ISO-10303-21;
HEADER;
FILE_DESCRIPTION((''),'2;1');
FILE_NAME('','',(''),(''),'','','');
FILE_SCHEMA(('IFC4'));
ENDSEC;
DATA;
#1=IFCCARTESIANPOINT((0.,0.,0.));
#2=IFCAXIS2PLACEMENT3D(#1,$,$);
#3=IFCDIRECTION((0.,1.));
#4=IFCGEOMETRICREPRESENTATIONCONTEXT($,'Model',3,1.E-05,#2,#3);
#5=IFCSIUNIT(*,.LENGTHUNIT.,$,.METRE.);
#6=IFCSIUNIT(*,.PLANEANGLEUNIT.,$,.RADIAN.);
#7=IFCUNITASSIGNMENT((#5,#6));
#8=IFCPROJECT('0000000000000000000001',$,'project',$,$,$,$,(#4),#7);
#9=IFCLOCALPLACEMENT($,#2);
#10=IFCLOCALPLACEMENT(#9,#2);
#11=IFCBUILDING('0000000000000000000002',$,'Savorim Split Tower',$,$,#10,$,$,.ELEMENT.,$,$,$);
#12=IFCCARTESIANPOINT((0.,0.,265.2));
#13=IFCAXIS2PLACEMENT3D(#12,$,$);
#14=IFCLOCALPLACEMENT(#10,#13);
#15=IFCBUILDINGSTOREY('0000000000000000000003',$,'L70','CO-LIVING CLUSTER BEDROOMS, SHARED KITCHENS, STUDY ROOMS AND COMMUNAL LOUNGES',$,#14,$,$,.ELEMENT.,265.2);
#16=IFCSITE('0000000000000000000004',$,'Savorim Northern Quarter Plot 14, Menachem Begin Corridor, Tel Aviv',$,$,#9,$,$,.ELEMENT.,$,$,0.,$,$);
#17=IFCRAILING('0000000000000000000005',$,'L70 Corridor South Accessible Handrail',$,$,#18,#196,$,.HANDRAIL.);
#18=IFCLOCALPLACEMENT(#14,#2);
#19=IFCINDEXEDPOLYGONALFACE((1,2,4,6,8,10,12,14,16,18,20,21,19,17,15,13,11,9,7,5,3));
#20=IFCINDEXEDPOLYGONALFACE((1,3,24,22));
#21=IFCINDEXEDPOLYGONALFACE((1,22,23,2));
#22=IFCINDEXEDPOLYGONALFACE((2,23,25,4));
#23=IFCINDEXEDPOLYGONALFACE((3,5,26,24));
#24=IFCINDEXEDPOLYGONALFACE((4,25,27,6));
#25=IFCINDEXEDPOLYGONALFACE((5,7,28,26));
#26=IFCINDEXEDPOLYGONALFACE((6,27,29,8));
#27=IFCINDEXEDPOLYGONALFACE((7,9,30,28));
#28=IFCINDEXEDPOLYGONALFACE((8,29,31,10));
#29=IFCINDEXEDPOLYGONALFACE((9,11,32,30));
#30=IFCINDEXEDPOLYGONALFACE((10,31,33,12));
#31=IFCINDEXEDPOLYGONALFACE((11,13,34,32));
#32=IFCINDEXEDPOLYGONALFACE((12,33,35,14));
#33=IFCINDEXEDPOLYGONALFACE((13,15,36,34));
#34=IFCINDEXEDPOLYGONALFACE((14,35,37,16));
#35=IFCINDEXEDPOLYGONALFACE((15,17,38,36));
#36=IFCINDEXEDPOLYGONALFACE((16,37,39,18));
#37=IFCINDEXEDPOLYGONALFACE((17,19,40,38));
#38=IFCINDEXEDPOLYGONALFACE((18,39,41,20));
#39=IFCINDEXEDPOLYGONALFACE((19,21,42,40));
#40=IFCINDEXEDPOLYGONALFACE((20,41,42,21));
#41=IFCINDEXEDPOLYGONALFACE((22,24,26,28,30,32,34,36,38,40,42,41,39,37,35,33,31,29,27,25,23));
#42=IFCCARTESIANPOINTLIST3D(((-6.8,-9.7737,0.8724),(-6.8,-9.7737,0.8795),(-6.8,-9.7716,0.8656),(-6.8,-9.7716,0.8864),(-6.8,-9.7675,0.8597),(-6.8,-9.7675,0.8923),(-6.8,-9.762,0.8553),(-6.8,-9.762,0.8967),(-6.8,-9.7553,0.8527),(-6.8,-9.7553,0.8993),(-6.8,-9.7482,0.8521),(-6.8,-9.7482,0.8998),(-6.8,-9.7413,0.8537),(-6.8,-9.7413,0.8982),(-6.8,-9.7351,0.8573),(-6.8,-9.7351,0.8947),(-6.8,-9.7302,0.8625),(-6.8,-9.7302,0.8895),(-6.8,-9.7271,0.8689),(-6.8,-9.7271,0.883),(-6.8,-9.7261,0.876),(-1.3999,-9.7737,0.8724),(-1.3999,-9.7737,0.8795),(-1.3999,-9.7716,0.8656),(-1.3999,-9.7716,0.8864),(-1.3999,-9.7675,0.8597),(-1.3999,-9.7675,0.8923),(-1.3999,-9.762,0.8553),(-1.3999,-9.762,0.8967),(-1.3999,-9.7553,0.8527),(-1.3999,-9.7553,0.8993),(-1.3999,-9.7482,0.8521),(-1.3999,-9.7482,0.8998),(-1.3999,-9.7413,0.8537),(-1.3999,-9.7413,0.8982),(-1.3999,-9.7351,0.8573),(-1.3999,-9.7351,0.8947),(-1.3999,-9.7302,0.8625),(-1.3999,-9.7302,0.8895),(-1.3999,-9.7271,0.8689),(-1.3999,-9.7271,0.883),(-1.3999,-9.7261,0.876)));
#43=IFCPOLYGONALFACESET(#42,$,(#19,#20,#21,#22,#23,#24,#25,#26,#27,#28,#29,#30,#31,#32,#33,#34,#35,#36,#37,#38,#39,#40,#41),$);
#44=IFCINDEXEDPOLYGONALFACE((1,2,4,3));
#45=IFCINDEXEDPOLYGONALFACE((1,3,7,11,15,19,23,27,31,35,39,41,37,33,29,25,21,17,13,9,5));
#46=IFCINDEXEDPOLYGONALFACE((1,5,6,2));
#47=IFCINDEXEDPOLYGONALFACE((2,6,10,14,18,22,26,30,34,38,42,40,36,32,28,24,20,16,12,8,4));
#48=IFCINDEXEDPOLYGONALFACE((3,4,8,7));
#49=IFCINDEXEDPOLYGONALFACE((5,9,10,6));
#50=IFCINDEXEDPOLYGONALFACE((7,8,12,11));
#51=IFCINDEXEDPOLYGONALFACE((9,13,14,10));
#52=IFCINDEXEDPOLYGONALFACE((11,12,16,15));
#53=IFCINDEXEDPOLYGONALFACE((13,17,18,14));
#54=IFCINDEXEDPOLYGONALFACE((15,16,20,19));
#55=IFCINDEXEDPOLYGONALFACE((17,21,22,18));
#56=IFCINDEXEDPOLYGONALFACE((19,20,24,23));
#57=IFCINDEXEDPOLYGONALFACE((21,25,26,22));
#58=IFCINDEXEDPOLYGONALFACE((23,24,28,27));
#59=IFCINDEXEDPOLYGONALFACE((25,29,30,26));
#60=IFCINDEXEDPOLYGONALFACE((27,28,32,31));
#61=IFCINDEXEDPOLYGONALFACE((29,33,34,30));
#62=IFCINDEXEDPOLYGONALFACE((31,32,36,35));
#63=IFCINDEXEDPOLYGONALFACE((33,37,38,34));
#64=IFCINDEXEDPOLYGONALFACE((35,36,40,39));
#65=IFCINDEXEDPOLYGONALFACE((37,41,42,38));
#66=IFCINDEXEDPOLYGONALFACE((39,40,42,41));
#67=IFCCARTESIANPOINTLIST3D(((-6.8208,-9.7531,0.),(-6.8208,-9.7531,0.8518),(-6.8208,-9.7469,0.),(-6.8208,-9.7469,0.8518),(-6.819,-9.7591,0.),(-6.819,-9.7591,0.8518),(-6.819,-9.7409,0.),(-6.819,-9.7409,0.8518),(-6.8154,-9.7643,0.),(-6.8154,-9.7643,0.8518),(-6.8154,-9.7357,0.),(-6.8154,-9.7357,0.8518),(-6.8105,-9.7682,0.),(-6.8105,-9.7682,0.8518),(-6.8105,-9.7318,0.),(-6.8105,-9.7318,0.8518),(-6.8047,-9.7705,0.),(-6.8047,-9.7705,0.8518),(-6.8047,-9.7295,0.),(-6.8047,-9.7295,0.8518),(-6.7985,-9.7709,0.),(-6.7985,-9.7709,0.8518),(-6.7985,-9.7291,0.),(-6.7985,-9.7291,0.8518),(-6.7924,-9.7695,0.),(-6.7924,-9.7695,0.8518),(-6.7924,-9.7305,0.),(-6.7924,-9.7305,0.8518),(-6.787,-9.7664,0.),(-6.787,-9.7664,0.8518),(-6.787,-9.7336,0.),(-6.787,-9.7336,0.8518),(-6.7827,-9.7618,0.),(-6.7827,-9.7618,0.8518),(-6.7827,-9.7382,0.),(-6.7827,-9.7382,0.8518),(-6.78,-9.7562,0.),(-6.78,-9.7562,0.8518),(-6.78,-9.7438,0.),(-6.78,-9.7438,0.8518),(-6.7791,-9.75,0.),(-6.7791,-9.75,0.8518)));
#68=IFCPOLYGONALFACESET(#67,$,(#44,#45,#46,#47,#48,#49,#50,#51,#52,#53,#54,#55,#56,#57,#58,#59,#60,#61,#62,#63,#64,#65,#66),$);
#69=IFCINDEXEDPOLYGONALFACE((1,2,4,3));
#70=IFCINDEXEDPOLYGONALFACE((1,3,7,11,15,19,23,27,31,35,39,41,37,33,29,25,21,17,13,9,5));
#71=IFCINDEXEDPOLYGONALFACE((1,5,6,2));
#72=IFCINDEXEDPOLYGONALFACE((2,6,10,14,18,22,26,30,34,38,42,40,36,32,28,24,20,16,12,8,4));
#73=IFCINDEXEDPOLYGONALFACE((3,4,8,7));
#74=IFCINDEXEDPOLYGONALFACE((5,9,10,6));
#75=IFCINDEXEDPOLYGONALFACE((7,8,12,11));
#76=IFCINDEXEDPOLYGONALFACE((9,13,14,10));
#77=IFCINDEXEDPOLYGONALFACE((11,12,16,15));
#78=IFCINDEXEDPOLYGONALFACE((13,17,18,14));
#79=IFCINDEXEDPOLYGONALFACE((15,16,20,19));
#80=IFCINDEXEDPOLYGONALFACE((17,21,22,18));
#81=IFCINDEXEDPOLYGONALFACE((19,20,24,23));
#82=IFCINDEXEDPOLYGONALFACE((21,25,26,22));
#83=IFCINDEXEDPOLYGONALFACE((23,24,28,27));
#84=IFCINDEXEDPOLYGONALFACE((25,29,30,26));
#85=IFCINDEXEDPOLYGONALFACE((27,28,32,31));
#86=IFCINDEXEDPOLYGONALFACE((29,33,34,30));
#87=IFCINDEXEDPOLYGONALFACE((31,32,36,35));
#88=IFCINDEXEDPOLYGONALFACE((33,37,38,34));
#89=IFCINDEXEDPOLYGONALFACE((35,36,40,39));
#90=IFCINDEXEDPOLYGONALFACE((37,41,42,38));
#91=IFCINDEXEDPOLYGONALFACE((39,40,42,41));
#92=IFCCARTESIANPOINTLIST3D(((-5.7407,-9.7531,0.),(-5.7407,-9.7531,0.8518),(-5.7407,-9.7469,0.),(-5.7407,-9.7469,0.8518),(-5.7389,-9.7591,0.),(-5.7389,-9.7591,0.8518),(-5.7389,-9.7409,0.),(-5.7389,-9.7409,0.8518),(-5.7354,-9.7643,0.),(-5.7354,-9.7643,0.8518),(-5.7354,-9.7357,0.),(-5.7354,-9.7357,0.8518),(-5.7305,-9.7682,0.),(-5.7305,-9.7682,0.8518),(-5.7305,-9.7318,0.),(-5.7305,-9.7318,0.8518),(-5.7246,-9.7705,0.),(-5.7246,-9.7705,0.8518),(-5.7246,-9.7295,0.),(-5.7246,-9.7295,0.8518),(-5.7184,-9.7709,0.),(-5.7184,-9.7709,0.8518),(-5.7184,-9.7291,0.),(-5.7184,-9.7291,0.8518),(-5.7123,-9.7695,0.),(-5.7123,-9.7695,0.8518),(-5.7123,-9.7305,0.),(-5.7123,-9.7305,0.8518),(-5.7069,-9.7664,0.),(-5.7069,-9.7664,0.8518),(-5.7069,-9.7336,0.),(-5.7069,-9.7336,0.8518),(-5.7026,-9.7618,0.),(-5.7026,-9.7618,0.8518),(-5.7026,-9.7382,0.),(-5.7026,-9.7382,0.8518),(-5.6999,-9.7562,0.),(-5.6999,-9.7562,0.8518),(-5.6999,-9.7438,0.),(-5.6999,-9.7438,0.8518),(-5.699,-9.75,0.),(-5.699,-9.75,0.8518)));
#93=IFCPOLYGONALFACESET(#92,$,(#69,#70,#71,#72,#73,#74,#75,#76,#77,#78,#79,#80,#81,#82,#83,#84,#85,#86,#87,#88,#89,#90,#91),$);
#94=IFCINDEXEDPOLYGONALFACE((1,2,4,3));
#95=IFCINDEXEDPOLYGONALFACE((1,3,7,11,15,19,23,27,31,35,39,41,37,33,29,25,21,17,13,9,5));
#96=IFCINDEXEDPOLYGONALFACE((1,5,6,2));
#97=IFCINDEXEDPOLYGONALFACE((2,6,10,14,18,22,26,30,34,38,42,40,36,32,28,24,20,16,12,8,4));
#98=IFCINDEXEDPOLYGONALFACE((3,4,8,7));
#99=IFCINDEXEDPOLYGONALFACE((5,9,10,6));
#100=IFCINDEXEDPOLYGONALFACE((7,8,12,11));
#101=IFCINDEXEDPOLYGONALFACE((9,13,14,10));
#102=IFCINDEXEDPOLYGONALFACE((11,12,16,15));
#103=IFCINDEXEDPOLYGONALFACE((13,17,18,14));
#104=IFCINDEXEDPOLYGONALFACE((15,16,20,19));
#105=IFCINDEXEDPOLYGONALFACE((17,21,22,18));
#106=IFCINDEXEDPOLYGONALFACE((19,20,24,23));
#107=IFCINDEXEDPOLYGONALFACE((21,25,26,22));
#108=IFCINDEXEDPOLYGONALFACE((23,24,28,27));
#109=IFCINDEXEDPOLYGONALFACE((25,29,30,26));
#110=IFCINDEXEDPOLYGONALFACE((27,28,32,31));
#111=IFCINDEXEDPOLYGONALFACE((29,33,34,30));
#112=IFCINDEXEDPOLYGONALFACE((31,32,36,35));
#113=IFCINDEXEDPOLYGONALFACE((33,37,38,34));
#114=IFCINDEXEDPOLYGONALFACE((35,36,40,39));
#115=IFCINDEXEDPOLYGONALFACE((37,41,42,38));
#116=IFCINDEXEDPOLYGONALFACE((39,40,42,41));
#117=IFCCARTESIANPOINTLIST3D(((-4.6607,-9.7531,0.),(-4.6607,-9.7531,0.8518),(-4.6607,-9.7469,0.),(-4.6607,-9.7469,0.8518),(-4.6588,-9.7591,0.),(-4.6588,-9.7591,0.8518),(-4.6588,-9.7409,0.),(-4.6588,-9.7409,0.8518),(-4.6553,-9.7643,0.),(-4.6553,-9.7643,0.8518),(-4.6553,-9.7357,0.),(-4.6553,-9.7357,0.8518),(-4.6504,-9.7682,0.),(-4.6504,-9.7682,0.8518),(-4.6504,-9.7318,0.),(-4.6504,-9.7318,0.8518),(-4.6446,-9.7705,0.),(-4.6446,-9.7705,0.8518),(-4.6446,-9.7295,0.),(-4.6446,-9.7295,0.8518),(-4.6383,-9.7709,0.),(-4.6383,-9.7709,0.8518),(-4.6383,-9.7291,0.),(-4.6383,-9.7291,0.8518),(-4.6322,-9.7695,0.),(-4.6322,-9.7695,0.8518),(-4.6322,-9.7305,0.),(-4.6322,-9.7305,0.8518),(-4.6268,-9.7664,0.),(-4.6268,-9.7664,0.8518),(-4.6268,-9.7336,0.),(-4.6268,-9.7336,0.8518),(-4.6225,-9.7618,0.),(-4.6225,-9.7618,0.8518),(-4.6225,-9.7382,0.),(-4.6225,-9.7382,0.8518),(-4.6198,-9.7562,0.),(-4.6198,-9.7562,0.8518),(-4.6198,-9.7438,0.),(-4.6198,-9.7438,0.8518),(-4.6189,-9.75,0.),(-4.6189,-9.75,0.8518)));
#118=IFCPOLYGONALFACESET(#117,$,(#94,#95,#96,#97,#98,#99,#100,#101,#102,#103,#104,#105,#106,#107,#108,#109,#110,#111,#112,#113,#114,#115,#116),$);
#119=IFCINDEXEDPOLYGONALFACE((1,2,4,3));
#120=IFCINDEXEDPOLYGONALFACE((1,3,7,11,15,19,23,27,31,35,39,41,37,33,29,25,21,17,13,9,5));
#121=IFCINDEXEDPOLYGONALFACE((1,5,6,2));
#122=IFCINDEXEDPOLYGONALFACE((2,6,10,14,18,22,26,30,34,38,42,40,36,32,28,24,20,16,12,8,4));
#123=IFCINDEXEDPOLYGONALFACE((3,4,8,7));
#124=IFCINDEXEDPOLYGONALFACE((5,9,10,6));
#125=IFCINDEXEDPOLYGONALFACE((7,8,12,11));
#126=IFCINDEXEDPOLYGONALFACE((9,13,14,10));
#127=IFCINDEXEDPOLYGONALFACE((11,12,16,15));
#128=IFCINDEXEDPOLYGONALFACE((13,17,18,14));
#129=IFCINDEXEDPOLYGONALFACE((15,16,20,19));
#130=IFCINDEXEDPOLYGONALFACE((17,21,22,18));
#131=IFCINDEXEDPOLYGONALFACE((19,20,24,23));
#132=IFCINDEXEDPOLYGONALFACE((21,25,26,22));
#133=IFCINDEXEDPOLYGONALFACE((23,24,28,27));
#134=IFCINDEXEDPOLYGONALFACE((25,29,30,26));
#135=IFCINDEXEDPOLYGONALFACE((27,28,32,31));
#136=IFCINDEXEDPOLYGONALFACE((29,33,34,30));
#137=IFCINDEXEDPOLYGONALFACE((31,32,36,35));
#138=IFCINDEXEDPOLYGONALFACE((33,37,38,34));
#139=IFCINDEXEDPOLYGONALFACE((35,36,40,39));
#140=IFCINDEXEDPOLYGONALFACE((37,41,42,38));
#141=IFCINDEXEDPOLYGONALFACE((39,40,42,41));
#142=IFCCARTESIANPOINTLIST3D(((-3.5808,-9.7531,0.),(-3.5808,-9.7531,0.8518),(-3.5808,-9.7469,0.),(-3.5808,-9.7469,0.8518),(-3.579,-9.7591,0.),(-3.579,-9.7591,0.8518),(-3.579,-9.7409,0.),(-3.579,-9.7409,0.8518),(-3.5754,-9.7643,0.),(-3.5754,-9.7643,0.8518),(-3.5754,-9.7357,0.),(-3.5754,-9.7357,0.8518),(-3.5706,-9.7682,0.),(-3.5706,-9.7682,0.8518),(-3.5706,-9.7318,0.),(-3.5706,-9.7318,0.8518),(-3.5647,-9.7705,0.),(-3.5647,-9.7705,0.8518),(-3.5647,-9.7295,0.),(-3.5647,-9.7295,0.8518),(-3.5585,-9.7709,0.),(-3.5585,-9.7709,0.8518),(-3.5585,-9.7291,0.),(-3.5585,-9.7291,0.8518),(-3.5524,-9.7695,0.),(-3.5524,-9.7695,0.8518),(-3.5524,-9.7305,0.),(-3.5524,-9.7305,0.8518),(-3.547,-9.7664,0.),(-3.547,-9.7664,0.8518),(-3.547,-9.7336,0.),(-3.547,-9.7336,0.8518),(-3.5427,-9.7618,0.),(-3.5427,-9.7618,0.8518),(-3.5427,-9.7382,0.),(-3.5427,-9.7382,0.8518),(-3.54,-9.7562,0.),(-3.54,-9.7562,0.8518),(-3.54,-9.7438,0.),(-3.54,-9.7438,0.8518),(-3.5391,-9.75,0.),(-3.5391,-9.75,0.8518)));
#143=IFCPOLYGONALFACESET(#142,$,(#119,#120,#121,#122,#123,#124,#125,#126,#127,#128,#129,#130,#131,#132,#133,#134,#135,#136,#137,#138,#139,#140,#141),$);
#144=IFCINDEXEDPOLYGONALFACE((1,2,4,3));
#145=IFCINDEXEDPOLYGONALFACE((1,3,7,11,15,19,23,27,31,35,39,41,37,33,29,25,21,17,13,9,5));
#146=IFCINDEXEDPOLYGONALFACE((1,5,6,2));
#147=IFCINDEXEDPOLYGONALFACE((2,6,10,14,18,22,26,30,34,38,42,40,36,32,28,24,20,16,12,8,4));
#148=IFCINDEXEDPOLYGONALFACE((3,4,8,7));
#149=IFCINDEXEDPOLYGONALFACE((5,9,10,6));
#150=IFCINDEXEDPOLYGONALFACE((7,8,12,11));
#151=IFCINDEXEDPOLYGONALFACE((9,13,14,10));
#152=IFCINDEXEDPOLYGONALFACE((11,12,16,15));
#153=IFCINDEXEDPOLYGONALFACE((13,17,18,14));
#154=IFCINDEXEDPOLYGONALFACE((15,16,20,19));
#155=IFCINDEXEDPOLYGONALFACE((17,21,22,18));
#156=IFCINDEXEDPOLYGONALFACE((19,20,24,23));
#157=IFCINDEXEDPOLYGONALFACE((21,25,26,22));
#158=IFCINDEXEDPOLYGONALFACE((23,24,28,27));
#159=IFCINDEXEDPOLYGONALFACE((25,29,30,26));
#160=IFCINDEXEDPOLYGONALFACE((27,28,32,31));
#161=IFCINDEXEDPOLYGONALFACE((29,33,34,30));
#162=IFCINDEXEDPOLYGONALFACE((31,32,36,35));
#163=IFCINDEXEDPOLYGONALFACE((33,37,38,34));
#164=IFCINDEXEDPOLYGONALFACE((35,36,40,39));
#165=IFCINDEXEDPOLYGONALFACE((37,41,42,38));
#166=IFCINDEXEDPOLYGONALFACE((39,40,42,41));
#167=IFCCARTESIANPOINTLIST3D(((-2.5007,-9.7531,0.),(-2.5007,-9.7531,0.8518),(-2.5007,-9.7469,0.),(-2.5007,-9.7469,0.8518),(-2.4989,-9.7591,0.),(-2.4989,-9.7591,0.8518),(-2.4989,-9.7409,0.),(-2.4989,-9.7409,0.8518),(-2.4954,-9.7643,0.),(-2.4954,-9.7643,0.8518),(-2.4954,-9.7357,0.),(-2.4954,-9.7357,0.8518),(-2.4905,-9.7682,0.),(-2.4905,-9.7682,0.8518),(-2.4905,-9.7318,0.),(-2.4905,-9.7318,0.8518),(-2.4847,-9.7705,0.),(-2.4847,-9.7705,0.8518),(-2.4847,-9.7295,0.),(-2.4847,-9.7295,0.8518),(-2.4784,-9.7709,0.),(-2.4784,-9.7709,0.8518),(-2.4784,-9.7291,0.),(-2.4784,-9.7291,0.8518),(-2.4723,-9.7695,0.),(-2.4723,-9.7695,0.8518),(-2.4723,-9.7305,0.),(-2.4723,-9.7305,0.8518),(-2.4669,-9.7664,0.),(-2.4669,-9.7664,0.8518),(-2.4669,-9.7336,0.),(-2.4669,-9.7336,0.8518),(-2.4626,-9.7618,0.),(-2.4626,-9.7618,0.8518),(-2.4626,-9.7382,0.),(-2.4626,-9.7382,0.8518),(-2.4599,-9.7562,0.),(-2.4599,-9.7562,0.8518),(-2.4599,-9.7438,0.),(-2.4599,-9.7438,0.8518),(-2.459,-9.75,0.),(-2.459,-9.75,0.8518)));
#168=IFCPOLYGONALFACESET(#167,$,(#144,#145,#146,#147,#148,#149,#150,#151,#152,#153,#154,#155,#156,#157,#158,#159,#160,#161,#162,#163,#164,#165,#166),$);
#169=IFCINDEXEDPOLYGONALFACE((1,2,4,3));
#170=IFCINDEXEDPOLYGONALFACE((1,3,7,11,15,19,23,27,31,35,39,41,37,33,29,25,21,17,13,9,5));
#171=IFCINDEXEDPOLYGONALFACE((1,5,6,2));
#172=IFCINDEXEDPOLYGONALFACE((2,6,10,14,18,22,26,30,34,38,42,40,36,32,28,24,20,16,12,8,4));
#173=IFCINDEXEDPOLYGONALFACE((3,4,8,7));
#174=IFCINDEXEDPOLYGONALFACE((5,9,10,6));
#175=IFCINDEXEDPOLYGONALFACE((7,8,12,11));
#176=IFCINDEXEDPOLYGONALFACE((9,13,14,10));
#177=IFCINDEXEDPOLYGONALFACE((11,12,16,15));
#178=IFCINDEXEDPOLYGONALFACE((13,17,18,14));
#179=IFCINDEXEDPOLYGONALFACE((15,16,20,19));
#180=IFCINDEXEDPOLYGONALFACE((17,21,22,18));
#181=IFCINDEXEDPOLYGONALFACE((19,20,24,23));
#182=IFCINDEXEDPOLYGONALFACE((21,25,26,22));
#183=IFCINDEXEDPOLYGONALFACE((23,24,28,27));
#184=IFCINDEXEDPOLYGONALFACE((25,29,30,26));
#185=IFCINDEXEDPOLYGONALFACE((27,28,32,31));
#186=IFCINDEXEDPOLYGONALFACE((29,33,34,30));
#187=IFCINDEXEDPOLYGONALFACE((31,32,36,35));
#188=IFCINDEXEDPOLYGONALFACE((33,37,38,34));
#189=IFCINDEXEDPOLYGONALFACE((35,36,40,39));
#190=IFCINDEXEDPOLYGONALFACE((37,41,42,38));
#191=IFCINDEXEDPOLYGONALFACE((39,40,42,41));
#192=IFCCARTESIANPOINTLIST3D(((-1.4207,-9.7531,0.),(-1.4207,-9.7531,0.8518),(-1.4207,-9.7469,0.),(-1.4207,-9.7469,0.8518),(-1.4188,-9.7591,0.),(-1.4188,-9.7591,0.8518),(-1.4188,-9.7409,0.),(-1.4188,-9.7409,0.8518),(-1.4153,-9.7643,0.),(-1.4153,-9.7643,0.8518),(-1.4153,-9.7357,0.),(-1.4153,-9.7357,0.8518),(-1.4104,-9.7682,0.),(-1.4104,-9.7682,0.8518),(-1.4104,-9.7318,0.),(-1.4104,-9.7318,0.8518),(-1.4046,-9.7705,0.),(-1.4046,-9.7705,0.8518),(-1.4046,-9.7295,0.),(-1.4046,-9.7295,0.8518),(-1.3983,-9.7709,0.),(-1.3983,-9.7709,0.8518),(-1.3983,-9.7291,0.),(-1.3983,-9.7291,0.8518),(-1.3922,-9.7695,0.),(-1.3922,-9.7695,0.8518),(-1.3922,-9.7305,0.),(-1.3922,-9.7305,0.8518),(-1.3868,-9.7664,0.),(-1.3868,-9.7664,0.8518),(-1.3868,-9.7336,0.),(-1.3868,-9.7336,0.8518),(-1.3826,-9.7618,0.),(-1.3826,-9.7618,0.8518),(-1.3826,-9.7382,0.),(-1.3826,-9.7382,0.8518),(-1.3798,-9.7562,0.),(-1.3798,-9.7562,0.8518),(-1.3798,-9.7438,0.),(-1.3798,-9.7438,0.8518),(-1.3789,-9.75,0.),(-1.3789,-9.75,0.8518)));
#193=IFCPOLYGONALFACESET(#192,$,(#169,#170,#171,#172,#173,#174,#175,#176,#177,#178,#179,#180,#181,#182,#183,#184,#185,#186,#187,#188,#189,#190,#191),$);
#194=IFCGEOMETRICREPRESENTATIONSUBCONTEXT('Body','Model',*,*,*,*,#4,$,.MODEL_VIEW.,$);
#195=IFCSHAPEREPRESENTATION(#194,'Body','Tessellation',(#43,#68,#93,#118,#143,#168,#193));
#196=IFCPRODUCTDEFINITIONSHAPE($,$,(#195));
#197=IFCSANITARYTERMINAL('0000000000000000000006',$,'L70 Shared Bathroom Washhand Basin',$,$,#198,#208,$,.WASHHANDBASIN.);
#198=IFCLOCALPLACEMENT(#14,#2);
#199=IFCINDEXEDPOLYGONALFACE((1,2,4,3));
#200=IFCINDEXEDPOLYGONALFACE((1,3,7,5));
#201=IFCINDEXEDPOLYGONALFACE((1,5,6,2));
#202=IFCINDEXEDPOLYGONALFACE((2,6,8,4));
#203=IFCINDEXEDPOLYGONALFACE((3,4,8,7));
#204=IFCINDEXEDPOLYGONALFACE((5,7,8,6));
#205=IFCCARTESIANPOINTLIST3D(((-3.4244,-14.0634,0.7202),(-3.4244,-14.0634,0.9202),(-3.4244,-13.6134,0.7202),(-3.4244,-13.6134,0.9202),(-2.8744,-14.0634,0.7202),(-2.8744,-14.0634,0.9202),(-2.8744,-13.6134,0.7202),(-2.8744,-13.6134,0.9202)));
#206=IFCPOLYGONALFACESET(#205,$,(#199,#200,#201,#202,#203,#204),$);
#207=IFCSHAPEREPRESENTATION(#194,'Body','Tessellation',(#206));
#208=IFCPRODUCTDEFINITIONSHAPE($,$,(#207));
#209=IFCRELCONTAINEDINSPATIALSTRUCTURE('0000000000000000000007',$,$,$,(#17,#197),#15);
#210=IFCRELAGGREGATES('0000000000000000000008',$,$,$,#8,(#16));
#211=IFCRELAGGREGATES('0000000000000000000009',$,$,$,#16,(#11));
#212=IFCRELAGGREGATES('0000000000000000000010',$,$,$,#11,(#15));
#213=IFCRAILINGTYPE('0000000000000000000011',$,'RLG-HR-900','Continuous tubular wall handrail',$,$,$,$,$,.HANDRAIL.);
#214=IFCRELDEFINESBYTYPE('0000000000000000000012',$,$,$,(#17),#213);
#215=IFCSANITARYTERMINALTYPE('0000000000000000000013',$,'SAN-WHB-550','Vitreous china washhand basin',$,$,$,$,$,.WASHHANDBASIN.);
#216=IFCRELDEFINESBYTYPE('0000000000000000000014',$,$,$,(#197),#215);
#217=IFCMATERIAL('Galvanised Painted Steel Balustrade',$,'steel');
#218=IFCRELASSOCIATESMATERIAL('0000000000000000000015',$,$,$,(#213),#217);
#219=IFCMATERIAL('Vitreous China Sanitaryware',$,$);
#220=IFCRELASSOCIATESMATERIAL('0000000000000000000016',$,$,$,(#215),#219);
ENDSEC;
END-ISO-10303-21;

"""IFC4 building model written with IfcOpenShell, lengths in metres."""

from ifc_helpers import new_model, si_unit, direction, frame, origin, origin_2d, place, context, subcontext, project, spatial, rectangle, circle, extrude, material, type_object, element, save


model = new_model("IFC4")

# Units and contexts
model_context = context("Model", 3, precision=1e-05, world=origin(), true_north=direction((0.0, 1.0)))
body_context = subcontext(model_context, "Body", "Model", "MODEL_VIEW")
ifc_project = project(units=[si_unit("LENGTHUNIT", "METRE"), si_unit("PLANEANGLEUNIT", "RADIAN")], contexts=[model_context])

# Site, building, storey
site_placement = place(None, origin())
site = spatial("IfcSite", under=ifc_project, at=site_placement, Name="Savorim Northern Quarter Plot 14, Menachem Begin Corridor, Tel Aviv", CompositionType="ELEMENT", RefElevation=0.0)
building_placement = place(site_placement, origin())
building = spatial("IfcBuilding", under=site, at=building_placement, Name="Savorim Split Tower", CompositionType="ELEMENT")
storey_placement = place(building_placement, frame((0.0, 0.0, 265.2)))
storey = spatial("IfcBuildingStorey", under=building, at=storey_placement, Name="L70", Description="CO-LIVING CLUSTER BEDROOMS, SHARED KITCHENS, STUDY ROOMS AND COMMUNAL LOUNGES", CompositionType="ELEMENT", Elevation=265.2)

# Railing
ifc_material_1 = material(Name="Galvanised Painted Steel Balustrade", Category="steel")
railing_type = type_object("IfcRailingType", Name="RLG-HR-900", Description="Continuous tubular wall handrail", PredefinedType="HANDRAIL", material=ifc_material_1)
railing_1_placement = place(storey_placement, frame((-6.8, -9.75, 0.0)))
element("IfcRailing", 1, at=railing_1_placement, inside=storey, type_object=railing_type, Name="L70 Corridor South Accessible Handrail", PredefinedType="HANDRAIL", context=body_context, shape_type="SweptSolid", body=[
    extrude(circle(Radius=0.0239, at=origin_2d()), frame((0.0, 0.0, 0.876), z_axis=(1.0, 0.0, 0.0), x_axis=(0.0, 1.0, 0.0)), (0.0, 0.0, 1.0), 5.4001),
    extrude(circle(Radius=0.021, at=origin_2d()), origin(), (0.0, 0.0, 1.0), 0.8518),
    extrude(circle(Radius=0.021, at=origin_2d()), frame((1.0801, 0.0, 0.0)), (0.0, 0.0, 1.0), 0.8518),
    extrude(circle(Radius=0.021, at=origin_2d()), frame((2.1602, 0.0, 0.0)), (0.0, 0.0, 1.0), 0.8518),
    extrude(circle(Radius=0.021, at=origin_2d()), frame((3.24, 0.0, 0.0)), (0.0, 0.0, 1.0), 0.8518),
    extrude(circle(Radius=0.021, at=origin_2d()), frame((4.3201, 0.0, 0.0)), (0.0, 0.0, 1.0), 0.8518),
    extrude(circle(Radius=0.021, at=origin_2d()), frame((5.4001, 0.0, 0.0)), (0.0, 0.0, 1.0), 0.8518),
])

# Sanitary terminal
ifc_material_2 = material(Name="Vitreous China Sanitaryware")
sanitary_terminal_type = type_object("IfcSanitaryTerminalType", Name="SAN-WHB-550", Description="Vitreous china washhand basin", PredefinedType="WASHHANDBASIN", material=ifc_material_2)
sanitary_terminal_placement = place(storey_placement, frame((-3.1494, -13.8384, 0.7202), z_axis=(0.0, 0.0, 1.0), x_axis=(1.0, 0.0, 0.0)))
element("IfcSanitaryTerminal", 2, at=sanitary_terminal_placement, inside=storey, type_object=sanitary_terminal_type, Name="L70 Shared Bathroom Washhand Basin", PredefinedType="WASHHANDBASIN", context=body_context, shape_type="SweptSolid", body=[
    extrude(rectangle(XDim=0.55, YDim=0.45, at=origin_2d()), origin(), (0.0, 0.0, 1.0), 0.2),
])

save(model, "model.ifc")
